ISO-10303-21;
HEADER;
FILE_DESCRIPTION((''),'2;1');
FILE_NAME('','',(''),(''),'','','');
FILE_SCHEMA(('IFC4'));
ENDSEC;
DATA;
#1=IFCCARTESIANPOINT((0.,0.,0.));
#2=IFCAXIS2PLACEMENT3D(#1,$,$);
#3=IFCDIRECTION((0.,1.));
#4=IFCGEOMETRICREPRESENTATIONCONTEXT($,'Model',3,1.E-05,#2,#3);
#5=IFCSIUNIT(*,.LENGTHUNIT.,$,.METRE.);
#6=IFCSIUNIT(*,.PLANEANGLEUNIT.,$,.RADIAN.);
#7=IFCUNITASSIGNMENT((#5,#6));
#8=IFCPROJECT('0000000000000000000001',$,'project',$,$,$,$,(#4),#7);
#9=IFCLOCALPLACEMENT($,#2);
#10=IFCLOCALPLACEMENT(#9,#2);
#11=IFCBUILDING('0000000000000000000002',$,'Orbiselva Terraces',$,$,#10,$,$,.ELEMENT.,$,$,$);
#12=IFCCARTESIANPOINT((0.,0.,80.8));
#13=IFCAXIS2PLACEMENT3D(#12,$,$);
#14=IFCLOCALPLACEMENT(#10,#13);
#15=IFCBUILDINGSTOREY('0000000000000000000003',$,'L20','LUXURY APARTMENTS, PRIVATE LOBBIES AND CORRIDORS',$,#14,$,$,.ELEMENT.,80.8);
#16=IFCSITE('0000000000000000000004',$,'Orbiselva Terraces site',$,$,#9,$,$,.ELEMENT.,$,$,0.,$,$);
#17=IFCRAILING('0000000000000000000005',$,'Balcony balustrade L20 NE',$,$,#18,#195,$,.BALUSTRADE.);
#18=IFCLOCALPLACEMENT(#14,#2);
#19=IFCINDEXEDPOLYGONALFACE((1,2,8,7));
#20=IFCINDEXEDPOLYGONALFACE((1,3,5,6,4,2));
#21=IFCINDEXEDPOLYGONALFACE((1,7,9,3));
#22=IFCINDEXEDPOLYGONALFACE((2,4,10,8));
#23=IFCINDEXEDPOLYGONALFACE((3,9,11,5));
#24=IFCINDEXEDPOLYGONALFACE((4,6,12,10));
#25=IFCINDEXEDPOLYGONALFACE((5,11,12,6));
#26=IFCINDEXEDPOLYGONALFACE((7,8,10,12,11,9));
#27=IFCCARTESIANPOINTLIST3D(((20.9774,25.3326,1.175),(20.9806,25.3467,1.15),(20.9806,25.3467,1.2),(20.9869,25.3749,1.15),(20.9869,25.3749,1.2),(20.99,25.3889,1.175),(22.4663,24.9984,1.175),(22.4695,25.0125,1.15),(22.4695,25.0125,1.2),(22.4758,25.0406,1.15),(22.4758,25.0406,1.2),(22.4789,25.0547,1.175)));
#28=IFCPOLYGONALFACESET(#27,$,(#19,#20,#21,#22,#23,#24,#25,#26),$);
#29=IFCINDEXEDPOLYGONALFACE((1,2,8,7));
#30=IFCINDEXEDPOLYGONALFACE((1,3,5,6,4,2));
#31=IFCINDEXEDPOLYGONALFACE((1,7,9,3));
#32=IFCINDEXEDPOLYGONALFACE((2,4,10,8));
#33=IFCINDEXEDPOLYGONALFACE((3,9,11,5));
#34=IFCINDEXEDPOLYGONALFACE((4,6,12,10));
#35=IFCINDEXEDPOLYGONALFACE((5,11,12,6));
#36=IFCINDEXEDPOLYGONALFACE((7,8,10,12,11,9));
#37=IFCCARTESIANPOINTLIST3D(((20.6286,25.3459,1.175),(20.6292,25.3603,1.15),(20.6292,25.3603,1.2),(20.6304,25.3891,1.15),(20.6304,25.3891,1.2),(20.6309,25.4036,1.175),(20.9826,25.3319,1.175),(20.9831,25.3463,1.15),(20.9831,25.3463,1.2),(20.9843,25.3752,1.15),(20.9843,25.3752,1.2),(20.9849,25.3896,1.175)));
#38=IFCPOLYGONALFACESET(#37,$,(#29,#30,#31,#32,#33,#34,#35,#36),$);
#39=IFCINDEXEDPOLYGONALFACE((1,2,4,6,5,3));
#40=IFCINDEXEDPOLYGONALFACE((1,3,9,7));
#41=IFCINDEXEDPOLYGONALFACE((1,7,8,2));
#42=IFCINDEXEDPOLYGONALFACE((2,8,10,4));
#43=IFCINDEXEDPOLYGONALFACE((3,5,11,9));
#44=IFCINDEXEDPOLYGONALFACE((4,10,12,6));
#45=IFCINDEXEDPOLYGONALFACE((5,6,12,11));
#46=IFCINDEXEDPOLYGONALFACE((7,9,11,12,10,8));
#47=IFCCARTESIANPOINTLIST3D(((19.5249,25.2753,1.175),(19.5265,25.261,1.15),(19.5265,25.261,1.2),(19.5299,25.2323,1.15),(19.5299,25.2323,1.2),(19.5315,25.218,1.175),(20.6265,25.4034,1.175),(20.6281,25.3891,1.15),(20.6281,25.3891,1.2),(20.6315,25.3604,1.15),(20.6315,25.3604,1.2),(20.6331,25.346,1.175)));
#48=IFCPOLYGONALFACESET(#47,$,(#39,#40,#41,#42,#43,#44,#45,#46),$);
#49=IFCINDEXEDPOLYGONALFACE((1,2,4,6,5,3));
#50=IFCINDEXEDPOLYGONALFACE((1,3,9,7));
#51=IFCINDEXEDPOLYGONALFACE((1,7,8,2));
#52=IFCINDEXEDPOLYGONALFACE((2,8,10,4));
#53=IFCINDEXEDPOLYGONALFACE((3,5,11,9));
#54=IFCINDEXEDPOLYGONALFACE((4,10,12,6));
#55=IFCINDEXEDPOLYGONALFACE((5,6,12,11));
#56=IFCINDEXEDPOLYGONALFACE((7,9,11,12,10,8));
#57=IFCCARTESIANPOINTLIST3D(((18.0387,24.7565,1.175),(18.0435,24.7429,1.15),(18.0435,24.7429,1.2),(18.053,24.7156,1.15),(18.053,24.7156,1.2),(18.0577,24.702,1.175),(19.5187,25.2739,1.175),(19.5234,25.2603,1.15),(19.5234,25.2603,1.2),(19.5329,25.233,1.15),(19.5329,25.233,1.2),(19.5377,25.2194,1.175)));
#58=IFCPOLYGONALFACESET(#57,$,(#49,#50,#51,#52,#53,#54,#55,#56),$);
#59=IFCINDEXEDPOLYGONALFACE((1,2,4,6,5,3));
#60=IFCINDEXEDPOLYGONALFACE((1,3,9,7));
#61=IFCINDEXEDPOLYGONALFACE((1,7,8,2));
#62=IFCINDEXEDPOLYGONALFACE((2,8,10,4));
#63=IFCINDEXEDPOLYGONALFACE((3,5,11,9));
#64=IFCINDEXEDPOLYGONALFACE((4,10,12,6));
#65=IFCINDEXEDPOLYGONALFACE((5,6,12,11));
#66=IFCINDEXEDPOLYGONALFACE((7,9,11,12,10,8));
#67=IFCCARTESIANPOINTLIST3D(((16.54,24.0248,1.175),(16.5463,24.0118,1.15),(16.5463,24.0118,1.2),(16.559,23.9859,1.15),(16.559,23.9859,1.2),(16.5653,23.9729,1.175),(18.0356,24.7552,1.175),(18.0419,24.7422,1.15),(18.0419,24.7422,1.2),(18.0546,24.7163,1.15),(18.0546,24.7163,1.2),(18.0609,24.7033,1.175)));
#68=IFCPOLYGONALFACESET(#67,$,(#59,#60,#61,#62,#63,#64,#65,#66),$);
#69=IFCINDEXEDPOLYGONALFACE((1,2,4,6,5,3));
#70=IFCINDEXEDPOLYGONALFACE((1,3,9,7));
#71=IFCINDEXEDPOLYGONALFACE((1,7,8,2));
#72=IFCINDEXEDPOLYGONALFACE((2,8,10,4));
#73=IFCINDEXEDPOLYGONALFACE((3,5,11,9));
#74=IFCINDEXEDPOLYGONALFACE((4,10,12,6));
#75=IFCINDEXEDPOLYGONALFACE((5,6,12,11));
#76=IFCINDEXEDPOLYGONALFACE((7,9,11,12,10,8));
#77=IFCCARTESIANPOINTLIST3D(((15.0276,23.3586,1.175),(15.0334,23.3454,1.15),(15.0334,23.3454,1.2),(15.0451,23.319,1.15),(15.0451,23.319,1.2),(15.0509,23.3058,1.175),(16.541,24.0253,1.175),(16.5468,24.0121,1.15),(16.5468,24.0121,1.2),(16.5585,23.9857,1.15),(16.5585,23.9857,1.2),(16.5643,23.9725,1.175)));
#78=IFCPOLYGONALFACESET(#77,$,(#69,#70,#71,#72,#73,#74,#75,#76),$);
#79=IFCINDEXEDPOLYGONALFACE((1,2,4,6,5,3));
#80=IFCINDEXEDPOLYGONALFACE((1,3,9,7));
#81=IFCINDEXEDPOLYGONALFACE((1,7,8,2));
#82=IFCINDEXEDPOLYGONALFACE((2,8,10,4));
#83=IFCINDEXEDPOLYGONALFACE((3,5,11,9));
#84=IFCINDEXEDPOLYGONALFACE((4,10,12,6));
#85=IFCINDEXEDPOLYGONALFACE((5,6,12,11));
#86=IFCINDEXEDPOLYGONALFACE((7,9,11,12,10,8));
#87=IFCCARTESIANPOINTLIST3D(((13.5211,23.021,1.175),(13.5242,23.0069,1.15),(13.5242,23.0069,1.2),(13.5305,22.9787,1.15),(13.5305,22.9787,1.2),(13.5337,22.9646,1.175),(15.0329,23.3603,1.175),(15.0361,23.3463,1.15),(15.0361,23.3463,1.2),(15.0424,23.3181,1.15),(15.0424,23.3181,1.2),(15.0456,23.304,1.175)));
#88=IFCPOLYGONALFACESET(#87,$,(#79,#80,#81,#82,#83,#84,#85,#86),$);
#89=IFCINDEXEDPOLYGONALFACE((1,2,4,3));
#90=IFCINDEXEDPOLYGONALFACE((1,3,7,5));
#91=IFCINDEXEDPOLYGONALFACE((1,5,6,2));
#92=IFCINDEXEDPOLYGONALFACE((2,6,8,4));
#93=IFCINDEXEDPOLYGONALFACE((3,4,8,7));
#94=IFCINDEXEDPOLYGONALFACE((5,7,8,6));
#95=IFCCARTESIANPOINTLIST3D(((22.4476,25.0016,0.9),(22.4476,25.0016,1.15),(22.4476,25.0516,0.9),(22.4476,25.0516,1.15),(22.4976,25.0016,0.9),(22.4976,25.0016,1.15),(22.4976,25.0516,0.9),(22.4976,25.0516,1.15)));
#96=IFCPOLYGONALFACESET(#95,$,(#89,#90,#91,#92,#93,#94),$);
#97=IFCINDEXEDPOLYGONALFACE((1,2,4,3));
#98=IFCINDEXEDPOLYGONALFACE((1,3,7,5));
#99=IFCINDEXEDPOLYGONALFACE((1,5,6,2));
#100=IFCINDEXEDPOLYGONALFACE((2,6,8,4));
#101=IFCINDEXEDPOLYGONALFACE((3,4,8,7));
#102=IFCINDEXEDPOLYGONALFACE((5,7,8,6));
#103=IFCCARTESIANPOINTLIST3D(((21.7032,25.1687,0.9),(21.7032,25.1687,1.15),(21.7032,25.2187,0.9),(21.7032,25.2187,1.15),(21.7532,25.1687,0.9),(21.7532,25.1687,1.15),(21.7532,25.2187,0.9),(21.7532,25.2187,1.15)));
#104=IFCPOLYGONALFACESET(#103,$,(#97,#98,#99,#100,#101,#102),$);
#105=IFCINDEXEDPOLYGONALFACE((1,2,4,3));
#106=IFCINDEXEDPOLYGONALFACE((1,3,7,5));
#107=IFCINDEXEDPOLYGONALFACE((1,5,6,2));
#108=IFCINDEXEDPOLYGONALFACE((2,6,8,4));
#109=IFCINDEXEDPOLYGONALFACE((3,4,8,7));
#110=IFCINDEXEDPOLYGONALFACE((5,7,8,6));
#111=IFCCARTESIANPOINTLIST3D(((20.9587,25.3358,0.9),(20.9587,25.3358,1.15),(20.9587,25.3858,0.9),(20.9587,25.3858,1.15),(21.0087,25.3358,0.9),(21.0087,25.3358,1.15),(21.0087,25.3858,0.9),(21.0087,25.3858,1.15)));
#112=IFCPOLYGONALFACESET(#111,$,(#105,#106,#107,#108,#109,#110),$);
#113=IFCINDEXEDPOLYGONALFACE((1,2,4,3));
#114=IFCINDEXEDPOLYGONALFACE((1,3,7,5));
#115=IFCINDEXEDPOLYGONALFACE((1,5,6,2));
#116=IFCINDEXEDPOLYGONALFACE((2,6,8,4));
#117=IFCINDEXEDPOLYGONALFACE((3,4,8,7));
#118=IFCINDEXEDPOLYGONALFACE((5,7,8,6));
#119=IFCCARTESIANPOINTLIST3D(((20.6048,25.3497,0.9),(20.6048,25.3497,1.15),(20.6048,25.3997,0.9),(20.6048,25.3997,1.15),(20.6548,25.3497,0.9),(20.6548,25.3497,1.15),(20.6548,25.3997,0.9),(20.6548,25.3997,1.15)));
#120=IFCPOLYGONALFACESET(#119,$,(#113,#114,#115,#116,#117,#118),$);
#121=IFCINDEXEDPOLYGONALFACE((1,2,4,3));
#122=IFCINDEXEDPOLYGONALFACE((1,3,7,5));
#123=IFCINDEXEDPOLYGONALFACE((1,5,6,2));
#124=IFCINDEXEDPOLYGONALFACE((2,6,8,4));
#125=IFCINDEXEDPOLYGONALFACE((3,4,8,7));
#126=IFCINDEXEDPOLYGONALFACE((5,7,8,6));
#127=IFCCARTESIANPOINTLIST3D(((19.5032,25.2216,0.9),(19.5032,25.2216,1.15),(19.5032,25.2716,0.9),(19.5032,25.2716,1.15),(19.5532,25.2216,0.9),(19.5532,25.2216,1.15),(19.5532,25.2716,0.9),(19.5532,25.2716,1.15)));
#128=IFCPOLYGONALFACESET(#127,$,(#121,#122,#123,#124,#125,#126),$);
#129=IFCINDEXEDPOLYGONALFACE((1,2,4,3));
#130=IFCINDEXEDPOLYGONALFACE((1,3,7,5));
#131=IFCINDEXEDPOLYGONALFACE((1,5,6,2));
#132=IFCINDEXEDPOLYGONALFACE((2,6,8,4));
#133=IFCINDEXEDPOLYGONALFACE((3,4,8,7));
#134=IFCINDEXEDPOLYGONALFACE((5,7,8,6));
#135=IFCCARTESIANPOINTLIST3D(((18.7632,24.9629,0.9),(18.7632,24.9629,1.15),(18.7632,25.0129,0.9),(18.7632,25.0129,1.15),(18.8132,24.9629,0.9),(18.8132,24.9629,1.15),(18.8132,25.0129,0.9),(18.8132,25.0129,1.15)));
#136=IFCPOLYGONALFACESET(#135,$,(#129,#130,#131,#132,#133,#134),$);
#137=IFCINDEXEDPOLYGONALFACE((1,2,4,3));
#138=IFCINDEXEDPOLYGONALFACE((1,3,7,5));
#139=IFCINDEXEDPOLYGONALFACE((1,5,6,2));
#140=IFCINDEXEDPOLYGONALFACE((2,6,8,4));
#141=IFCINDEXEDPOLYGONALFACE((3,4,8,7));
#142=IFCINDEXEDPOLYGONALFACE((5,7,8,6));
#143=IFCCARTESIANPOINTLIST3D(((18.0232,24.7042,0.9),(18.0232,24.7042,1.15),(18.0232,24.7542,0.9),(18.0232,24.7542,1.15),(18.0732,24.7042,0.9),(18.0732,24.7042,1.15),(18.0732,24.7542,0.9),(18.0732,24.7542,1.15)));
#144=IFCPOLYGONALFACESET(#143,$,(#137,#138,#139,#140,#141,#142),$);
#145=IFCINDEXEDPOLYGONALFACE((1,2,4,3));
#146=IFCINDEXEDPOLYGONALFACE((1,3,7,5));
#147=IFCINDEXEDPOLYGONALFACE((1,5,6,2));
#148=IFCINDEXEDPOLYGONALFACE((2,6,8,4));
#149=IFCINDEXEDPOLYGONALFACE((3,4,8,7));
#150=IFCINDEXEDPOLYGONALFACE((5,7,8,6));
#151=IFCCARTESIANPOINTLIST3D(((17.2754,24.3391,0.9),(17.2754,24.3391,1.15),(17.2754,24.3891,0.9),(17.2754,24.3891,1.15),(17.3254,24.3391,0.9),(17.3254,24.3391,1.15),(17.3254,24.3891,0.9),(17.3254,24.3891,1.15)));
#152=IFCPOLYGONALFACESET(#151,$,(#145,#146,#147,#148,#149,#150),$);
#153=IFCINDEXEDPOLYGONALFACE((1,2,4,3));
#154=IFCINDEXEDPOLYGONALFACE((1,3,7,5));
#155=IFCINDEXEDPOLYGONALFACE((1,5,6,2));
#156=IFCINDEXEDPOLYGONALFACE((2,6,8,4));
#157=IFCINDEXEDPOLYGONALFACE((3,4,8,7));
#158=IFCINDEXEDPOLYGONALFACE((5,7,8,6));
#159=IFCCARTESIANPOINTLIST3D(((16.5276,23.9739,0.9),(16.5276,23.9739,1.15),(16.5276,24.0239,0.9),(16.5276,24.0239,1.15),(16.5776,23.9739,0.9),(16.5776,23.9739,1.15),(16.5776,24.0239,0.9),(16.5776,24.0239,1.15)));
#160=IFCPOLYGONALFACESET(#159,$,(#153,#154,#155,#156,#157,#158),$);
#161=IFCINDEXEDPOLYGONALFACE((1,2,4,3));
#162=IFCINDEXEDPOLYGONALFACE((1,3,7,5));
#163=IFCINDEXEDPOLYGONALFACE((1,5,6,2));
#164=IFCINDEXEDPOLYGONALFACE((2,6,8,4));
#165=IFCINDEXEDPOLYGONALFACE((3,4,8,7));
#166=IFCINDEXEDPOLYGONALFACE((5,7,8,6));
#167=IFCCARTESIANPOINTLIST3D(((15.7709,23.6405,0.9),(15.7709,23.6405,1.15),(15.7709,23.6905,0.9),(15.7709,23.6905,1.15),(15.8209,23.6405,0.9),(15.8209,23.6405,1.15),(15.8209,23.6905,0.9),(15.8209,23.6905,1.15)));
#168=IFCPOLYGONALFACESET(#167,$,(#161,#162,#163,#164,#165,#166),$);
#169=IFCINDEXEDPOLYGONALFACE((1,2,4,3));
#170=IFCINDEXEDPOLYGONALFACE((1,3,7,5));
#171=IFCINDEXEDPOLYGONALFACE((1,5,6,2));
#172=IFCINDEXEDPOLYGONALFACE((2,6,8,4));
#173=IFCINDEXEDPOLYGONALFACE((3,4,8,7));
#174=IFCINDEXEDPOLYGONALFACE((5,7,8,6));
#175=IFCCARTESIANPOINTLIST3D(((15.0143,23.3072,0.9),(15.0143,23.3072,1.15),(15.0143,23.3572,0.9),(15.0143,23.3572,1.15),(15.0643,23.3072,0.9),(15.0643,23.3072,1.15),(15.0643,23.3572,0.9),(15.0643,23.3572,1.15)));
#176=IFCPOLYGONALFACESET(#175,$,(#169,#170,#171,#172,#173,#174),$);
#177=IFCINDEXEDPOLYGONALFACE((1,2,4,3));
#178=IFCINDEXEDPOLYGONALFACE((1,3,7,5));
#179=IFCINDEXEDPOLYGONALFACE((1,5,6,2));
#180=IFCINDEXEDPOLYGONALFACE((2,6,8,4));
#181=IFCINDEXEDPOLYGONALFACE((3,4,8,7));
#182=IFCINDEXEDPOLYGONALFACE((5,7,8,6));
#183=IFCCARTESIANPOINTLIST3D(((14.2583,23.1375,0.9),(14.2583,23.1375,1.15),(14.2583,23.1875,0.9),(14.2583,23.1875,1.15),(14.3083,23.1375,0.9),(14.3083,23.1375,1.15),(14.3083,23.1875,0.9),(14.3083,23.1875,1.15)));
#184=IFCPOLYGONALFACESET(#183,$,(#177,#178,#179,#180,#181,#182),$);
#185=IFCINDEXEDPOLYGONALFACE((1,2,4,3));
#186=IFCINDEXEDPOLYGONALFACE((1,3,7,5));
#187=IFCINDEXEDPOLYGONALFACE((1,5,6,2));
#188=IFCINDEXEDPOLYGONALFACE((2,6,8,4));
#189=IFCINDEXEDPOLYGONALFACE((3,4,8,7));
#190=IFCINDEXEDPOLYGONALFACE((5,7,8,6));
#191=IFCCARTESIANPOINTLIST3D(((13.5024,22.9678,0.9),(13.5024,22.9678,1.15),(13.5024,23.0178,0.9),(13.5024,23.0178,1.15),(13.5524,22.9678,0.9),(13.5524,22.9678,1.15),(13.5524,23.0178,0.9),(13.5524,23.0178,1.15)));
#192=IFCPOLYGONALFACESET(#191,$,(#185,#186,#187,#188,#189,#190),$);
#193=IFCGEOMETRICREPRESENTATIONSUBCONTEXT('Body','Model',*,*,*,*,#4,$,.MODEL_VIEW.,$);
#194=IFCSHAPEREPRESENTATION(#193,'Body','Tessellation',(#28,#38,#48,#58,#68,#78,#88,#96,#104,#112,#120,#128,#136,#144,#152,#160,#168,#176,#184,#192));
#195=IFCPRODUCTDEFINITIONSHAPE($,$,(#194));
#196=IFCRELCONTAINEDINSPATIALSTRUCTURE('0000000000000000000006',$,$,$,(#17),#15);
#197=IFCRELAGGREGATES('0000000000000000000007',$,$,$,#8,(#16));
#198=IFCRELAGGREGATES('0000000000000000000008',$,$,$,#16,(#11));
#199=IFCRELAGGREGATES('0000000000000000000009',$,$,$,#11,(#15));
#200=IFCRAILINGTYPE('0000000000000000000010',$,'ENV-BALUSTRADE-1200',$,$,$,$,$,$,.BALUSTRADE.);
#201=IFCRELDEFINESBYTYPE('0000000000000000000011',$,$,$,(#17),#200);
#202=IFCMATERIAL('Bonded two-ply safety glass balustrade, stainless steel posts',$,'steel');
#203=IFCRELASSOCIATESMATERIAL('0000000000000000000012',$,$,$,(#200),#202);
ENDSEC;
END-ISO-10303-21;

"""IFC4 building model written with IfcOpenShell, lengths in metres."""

from ifc_helpers import new_model, si_unit, direction, frame, origin, origin_2d, place, context, subcontext, project, spatial, polyline, rectangle, outline, extrude, material, type_object, element, save


model = new_model("IFC4")

# Units and contexts
model_context = context("Model", 3, precision=1e-05, world=origin(), true_north=direction((0.0, 1.0)))
body_context = subcontext(model_context, "Body", "Model", "MODEL_VIEW")
ifc_project = project(units=[si_unit("LENGTHUNIT", "METRE"), si_unit("PLANEANGLEUNIT", "RADIAN")], contexts=[model_context])

# Site, building, storey
site_placement = place(None, origin())
site = spatial("IfcSite", under=ifc_project, at=site_placement, Name="Orbiselva Terraces site", CompositionType="ELEMENT", RefElevation=0.0)
building_placement = place(site_placement, origin())
building = spatial("IfcBuilding", under=site, at=building_placement, Name="Orbiselva Terraces", CompositionType="ELEMENT")
storey_placement = place(building_placement, frame((0.0, 0.0, 80.8)))
storey = spatial("IfcBuildingStorey", under=building, at=storey_placement, Name="L20", Description="LUXURY APARTMENTS, PRIVATE LOBBIES AND CORRIDORS", CompositionType="ELEMENT", Elevation=80.8)

# Railing
ifc_material_1 = material(Name="Bonded two-ply safety glass balustrade, stainless steel posts", Category="steel")
railing_type_1 = type_object("IfcRailingType", Name="ENV-BALUSTRADE-1200", PredefinedType="BALUSTRADE", material=ifc_material_1)
railing_1_placement = place(storey_placement, frame((22.4726, 25.0266, 0.9)))
element("IfcRailing", 1, at=railing_1_placement, inside=storey, type_object=railing_type_1, Name="Balcony balustrade L20 NE", PredefinedType="BALUSTRADE", context=body_context, shape_type="SweptSolid", body=[
    extrude(outline(polyline([(0.0289, 0.0), (0.0144, 0.025), (-0.0144, 0.025), (-0.0289, 0.0), (-0.0144, -0.025), (0.0144, -0.025), (0.0289, 0.0)])), frame((0.0, 0.0, 0.275), z_axis=(-0.975721, 0.219016, 0.0), x_axis=(-0.219016, -0.975721, 0.0)), (0.0, 0.0, 1.0), 1.526),
    extrude(outline(polyline([(0.0289, 0.0), (0.0144, 0.025), (-0.0144, 0.025), (-0.0289, 0.0), (-0.0144, -0.025), (0.0144, -0.025), (0.0289, 0.0)])), frame((-1.4889, 0.3342, 0.275), z_axis=(-0.999225, 0.039364, 0.0), x_axis=(-0.039364, -0.999225, 0.0)), (0.0, 0.0, 1.0), 0.3542),
    extrude(outline(polyline([(0.0289, 0.0), (0.0144, 0.025), (-0.0144, 0.025), (-0.0289, 0.0), (-0.0144, -0.025), (0.0144, -0.025), (0.0289, 0.0)])), frame((-1.8428, 0.3482, 0.275), z_axis=(-0.99331, -0.115481, 0.0), x_axis=(0.115481, -0.99331, 0.0)), (0.0, 0.0, 1.0), 1.109),
    extrude(outline(polyline([(0.0289, 0.0), (0.0144, 0.025), (-0.0144, 0.025), (-0.0289, 0.0), (-0.0144, -0.025), (0.0144, -0.025), (0.0289, 0.0)])), frame((-2.9444, 0.2201, 0.275), z_axis=(-0.943972, -0.330025, 0.0), x_axis=(0.330025, -0.943972, 0.0)), (0.0, 0.0, 1.0), 1.5678),
    extrude(outline(polyline([(0.0289, 0.0), (0.0144, 0.025), (-0.0144, 0.025), (-0.0289, 0.0), (-0.0144, -0.025), (0.0144, -0.025), (0.0289, 0.0)])), frame((-4.4244, -0.2973, 0.275), z_axis=(-0.898579, -0.438812, 0.0), x_axis=(0.438812, -0.898579, 0.0)), (0.0, 0.0, 1.0), 1.6644),
    extrude(outline(polyline([(0.0289, 0.0), (0.0144, 0.025), (-0.0144, 0.025), (-0.0289, 0.0), (-0.0144, -0.025), (0.0144, -0.025), (0.0289, 0.0)])), frame((-5.92, -1.0277, 0.275), z_axis=(-0.915134, -0.403151, 0.0), x_axis=(0.403151, -0.915134, 0.0)), (0.0, 0.0, 1.0), 1.6537),
    extrude(outline(polyline([(0.0289, 0.0), (0.0144, 0.025), (-0.0144, 0.025), (-0.0289, 0.0), (-0.0144, -0.025), (0.0144, -0.025), (0.0289, 0.0)])), frame((-7.4334, -1.6944, 0.275), z_axis=(-0.975721, -0.219016, 0.0), x_axis=(0.219016, -0.975721, 0.0)), (0.0, 0.0, 1.0), 1.5495),
    extrude(rectangle(XDim=0.05, YDim=0.05, at=origin_2d()), origin(), (0.0, 0.0, 1.0), 0.25),
    extrude(rectangle(XDim=0.05, YDim=0.05, at=origin_2d()), frame((-0.7445, 0.1671, 0.0)), (0.0, 0.0, 1.0), 0.25),
    extrude(rectangle(XDim=0.05, YDim=0.05, at=origin_2d()), frame((-1.4889, 0.3342, 0.0)), (0.0, 0.0, 1.0), 0.25),
    extrude(rectangle(XDim=0.05, YDim=0.05, at=origin_2d()), frame((-1.8428, 0.3482, 0.0)), (0.0, 0.0, 1.0), 0.25),
    extrude(rectangle(XDim=0.05, YDim=0.05, at=origin_2d()), frame((-2.9444, 0.2201, 0.0)), (0.0, 0.0, 1.0), 0.25),
    extrude(rectangle(XDim=0.05, YDim=0.05, at=origin_2d()), frame((-3.6844, -0.0386, 0.0)), (0.0, 0.0, 1.0), 0.25),
    extrude(rectangle(XDim=0.05, YDim=0.05, at=origin_2d()), frame((-4.4244, -0.2973, 0.0)), (0.0, 0.0, 1.0), 0.25),
    extrude(rectangle(XDim=0.05, YDim=0.05, at=origin_2d()), frame((-5.1722, -0.6625, 0.0)), (0.0, 0.0, 1.0), 0.25),
    extrude(rectangle(XDim=0.05, YDim=0.05, at=origin_2d()), frame((-5.92, -1.0277, 0.0)), (0.0, 0.0, 1.0), 0.25),
    extrude(rectangle(XDim=0.05, YDim=0.05, at=origin_2d()), frame((-6.6767, -1.361, 0.0)), (0.0, 0.0, 1.0), 0.25),
    extrude(rectangle(XDim=0.05, YDim=0.05, at=origin_2d()), frame((-7.4334, -1.6944, 0.0)), (0.0, 0.0, 1.0), 0.25),
    extrude(rectangle(XDim=0.05, YDim=0.05, at=origin_2d()), frame((-8.1893, -1.8641, 0.0)), (0.0, 0.0, 1.0), 0.25),
    extrude(rectangle(XDim=0.05, YDim=0.05, at=origin_2d()), frame((-8.9452, -2.0338, 0.0)), (0.0, 0.0, 1.0), 0.25),
])

save(model, "model.ifc")
